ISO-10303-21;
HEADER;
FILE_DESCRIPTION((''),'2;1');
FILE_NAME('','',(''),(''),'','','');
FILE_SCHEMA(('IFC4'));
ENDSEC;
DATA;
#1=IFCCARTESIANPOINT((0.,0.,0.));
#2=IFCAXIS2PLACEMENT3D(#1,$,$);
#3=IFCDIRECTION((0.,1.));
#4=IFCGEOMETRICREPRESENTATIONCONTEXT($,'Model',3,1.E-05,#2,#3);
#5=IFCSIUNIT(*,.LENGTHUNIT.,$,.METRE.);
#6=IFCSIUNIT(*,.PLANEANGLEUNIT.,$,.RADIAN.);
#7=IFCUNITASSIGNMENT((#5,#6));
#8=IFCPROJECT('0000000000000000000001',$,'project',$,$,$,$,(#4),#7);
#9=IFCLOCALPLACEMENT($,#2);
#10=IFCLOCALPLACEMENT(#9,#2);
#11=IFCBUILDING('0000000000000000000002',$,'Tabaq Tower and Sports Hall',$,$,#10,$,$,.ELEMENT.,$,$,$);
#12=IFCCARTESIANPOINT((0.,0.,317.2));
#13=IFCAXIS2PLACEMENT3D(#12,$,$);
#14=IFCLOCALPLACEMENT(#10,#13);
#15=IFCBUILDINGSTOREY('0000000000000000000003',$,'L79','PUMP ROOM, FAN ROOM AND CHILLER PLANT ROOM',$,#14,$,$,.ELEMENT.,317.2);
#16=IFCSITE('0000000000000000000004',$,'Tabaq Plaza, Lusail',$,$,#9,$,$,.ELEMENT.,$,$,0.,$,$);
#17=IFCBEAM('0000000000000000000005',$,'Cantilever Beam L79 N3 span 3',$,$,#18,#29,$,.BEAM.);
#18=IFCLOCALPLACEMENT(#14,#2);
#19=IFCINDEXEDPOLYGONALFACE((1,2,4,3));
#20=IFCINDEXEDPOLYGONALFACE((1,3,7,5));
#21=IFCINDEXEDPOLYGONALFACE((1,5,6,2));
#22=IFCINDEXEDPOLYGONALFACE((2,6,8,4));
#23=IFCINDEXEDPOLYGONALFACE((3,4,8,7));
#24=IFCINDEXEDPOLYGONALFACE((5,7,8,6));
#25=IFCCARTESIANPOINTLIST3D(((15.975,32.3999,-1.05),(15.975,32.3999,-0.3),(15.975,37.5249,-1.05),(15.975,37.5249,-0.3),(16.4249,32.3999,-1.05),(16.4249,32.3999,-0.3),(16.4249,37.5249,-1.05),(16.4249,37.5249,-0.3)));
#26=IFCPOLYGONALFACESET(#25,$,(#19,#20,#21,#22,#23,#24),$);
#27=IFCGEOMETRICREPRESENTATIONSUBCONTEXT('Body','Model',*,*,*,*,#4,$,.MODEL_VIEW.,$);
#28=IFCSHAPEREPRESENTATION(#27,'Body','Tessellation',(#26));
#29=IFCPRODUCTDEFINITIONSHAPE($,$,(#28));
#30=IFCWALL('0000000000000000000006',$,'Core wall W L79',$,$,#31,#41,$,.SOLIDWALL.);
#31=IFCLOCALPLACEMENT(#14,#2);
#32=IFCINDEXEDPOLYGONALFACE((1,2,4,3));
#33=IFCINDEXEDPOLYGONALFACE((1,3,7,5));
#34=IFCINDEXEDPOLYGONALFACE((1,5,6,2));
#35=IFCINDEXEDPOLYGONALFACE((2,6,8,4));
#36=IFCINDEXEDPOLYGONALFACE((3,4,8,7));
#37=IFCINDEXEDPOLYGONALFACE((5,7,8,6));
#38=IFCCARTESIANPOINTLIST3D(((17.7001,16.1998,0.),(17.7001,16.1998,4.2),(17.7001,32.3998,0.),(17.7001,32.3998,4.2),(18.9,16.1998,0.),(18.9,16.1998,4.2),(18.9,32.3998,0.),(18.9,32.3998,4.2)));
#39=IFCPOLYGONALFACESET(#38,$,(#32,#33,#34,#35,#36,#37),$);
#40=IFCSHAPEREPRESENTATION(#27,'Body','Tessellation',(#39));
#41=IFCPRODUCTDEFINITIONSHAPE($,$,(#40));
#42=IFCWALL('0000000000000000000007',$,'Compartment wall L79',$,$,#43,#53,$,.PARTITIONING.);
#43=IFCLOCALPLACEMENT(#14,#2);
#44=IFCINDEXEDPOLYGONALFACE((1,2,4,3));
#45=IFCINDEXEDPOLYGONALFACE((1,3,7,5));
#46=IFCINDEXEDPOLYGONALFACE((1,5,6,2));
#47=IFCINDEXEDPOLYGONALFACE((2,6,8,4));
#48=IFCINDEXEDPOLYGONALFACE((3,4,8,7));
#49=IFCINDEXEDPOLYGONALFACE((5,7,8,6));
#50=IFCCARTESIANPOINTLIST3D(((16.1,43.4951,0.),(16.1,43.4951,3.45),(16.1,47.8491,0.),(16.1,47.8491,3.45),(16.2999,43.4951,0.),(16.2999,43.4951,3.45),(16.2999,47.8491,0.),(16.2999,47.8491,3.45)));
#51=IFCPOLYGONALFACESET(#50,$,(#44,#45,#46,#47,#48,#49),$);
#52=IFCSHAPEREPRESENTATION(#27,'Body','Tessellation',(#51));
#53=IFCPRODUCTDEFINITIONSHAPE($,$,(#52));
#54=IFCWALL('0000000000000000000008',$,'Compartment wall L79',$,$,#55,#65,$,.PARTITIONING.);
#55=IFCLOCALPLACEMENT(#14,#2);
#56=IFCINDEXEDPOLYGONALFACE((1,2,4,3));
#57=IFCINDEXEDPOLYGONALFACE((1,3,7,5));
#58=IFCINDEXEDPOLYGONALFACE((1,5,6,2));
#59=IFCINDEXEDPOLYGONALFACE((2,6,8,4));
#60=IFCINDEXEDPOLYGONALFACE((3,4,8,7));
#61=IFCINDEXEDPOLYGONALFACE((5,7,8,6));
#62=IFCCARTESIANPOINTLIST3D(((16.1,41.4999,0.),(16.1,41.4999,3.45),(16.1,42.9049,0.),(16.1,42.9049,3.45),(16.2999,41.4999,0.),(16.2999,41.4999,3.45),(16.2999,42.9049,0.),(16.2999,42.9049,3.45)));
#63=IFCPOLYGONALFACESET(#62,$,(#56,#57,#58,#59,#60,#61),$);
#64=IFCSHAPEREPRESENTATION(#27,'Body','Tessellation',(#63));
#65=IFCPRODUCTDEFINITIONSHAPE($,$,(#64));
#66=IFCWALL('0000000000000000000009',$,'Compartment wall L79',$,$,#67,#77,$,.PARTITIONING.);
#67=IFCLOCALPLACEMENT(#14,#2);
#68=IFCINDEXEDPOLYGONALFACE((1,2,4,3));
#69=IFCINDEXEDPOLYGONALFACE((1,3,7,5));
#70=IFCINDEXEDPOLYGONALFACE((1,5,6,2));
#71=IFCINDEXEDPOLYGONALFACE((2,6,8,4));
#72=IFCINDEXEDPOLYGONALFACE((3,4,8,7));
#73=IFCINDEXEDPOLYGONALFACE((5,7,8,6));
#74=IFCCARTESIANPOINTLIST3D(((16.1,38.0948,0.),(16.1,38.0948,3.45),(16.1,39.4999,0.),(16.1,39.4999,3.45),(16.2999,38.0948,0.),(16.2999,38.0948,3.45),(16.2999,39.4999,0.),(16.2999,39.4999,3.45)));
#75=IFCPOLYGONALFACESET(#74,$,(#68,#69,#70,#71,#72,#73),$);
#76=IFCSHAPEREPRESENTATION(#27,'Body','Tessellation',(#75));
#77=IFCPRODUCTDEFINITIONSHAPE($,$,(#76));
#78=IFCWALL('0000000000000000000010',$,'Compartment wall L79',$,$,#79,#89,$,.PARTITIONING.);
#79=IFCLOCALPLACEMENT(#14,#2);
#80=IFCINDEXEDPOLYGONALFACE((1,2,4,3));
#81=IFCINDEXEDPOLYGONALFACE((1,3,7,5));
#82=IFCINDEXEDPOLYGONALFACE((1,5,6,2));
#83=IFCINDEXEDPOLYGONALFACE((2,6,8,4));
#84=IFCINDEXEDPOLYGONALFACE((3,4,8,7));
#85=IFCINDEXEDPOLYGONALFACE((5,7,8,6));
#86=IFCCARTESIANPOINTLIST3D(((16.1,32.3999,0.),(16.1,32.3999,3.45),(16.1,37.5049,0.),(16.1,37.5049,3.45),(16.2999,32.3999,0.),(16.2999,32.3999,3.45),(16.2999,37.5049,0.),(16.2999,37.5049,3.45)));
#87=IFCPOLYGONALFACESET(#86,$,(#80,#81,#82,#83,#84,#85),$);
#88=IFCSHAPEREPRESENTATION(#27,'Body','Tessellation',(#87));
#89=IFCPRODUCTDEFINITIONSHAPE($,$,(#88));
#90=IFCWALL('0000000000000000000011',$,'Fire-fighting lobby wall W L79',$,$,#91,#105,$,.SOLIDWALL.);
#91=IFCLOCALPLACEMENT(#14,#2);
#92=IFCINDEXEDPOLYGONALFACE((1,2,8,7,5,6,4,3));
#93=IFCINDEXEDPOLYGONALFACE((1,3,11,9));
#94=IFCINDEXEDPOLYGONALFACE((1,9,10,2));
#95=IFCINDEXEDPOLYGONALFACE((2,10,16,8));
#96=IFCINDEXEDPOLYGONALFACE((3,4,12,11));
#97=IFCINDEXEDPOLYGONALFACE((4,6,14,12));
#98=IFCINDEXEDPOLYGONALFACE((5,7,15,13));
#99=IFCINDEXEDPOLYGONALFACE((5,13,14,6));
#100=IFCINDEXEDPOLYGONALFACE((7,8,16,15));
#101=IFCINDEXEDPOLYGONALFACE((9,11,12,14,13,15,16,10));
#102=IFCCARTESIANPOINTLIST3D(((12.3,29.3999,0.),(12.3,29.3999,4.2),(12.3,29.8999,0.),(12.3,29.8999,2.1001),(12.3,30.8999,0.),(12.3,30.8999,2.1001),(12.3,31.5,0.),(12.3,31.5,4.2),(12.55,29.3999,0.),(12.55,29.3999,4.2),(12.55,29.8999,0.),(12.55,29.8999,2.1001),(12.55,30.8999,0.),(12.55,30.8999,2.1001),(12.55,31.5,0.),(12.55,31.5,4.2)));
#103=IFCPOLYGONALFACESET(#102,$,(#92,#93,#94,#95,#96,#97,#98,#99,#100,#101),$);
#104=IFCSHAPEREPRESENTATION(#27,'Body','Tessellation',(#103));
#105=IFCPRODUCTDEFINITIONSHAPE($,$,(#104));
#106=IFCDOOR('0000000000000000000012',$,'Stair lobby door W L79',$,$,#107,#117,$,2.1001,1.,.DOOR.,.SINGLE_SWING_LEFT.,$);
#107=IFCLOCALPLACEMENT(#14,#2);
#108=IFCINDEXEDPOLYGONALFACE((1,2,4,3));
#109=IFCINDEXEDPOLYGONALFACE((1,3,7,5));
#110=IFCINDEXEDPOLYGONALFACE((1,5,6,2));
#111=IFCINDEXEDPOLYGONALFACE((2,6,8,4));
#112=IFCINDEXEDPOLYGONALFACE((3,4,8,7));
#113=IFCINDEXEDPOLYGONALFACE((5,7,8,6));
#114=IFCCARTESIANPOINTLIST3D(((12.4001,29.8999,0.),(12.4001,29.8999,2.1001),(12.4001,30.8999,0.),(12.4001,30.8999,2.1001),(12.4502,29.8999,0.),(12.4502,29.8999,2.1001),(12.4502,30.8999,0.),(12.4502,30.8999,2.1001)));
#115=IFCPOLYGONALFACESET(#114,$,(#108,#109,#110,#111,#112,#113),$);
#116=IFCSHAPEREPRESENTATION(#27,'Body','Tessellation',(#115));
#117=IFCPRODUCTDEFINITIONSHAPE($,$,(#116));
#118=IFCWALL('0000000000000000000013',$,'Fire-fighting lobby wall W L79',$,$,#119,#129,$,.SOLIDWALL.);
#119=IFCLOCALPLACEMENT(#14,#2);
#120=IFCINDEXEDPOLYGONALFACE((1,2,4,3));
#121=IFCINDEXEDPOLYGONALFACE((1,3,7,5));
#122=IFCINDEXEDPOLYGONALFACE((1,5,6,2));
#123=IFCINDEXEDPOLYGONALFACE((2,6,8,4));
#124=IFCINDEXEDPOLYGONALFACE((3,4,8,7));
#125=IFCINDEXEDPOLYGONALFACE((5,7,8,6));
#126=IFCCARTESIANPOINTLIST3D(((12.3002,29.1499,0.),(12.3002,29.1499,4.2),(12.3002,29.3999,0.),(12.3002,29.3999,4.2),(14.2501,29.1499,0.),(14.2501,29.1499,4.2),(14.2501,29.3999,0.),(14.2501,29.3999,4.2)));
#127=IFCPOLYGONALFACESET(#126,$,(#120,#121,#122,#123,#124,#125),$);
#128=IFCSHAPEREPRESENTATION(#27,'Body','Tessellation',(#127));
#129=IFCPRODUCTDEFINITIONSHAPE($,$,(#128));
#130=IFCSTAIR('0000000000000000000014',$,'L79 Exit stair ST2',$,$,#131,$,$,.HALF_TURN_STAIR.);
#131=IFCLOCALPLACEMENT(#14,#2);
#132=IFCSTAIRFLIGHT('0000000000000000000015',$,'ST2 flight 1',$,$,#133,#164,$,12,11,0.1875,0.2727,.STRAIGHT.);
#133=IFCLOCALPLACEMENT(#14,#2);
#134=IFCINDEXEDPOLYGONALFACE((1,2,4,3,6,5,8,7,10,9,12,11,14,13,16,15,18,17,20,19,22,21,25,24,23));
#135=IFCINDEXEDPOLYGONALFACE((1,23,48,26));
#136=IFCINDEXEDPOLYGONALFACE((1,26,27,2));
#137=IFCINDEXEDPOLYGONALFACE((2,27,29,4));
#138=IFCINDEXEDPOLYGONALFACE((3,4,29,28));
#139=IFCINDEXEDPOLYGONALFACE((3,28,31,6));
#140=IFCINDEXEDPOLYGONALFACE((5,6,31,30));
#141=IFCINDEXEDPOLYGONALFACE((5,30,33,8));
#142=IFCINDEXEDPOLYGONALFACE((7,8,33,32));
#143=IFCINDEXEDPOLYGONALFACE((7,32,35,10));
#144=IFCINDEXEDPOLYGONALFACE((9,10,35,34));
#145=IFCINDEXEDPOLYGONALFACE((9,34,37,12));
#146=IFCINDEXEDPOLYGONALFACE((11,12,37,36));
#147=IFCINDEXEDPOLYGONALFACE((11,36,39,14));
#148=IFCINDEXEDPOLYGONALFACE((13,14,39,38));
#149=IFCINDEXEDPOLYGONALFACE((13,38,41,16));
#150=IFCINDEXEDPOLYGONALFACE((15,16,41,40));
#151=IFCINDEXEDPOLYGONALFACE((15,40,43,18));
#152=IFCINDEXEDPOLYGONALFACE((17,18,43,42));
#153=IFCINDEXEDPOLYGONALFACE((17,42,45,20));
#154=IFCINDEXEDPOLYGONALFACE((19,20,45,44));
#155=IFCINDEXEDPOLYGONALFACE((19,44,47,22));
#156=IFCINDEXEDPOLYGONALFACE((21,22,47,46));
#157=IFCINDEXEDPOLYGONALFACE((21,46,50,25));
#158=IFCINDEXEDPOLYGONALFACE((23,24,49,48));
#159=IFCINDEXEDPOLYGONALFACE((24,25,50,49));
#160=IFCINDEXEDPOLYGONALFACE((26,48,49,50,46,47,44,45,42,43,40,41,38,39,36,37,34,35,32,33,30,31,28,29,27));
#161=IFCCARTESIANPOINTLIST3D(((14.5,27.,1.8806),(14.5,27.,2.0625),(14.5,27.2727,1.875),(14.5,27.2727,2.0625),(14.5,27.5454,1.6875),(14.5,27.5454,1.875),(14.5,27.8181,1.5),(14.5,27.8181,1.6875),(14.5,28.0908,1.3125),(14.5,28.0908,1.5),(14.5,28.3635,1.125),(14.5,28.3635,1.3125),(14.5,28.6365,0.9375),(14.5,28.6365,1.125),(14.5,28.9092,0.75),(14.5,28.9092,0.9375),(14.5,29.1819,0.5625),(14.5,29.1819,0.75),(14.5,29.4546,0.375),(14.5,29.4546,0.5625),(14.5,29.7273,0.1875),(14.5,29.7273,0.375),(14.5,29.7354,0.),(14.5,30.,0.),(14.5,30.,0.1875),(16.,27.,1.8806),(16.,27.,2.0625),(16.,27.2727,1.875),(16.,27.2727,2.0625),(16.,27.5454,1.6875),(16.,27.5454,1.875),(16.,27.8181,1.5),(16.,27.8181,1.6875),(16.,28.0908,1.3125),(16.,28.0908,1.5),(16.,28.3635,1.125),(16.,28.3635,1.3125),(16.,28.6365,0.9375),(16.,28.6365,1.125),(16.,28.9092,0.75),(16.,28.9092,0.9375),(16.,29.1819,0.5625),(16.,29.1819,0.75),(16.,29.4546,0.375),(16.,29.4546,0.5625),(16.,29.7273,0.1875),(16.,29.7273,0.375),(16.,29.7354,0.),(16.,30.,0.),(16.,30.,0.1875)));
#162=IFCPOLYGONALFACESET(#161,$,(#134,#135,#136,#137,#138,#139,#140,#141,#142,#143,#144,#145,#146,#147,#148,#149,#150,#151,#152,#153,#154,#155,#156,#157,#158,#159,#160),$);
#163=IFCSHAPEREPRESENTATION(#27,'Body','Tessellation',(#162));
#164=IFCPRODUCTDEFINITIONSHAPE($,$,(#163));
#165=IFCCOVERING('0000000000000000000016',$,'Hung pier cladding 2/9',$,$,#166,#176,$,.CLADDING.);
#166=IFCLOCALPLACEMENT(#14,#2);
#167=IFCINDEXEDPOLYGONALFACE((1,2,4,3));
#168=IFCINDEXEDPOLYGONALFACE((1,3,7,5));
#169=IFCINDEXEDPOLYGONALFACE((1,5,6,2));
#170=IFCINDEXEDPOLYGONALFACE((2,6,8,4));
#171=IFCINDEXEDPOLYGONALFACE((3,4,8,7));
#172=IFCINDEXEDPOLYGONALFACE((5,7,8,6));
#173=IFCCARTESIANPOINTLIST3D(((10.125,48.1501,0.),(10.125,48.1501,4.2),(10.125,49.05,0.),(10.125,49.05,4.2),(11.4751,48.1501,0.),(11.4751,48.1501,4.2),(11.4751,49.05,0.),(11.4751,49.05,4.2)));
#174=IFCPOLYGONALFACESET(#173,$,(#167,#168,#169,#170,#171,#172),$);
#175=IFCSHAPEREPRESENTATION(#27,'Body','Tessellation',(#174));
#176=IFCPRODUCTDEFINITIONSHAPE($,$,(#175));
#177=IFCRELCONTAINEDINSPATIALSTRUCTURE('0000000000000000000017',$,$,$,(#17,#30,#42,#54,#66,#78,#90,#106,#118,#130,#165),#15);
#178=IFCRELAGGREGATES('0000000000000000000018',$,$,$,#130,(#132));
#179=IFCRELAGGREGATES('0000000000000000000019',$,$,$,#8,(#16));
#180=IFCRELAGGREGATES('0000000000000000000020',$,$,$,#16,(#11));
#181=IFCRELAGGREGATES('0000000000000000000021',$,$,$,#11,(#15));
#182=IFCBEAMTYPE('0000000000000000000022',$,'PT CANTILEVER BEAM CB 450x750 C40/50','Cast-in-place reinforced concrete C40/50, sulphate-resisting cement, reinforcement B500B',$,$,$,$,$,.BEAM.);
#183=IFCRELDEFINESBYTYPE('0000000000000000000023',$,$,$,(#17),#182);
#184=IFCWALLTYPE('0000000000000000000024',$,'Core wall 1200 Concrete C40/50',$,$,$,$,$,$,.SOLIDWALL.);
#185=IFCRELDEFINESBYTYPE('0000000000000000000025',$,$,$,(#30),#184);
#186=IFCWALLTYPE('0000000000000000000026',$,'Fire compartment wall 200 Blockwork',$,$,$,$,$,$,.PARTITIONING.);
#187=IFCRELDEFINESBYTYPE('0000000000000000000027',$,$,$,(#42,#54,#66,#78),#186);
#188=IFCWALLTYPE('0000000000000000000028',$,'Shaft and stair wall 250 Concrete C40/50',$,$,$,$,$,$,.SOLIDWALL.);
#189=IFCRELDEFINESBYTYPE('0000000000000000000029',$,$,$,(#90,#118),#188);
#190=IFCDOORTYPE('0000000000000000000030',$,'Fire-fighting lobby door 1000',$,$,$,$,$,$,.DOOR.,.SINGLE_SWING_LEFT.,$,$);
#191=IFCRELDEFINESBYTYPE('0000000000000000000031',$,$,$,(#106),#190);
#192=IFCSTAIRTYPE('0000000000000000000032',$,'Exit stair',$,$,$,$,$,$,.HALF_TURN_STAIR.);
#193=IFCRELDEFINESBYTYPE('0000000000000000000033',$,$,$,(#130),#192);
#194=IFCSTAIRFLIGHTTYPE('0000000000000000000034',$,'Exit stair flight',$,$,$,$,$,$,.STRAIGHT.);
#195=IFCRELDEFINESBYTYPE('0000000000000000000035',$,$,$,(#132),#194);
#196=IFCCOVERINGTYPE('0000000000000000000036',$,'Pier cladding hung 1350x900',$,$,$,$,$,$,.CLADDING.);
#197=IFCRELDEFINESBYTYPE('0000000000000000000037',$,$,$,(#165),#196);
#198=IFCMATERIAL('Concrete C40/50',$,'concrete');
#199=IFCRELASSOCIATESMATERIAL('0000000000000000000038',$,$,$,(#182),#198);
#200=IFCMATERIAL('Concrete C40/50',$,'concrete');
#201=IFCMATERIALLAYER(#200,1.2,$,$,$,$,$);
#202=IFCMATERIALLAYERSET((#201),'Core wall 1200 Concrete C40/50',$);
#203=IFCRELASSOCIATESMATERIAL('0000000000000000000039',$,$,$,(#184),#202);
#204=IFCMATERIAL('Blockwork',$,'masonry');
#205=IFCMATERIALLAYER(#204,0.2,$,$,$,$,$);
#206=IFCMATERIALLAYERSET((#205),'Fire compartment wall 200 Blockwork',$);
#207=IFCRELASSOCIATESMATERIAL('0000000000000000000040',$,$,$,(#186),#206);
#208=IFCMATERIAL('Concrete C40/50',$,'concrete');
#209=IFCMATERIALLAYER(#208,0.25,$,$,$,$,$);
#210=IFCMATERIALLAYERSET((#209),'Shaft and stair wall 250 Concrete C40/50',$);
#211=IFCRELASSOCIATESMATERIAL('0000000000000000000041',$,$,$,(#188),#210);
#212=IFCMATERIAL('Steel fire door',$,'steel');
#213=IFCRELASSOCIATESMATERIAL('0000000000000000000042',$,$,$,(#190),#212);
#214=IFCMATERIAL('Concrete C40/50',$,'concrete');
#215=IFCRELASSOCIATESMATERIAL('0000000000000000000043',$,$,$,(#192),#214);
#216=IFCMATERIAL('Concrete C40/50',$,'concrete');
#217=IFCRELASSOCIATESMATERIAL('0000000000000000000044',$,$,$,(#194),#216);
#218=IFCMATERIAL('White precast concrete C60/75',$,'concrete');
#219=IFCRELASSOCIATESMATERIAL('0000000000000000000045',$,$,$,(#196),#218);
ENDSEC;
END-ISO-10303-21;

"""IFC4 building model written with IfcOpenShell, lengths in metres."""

from ifc_helpers import new_model, si_unit, direction, frame, frame_2d, origin, origin_2d, place, context, subcontext, project, spatial, polyline, rectangle, outline, extrude, material, layer, layer_set, material_profile, profile_set, type_object, element, fill, aggregate, save


model = new_model("IFC4")

# Units and contexts
model_context = context("Model", 3, precision=1e-05, world=origin(), true_north=direction((0.0, 1.0)))
body_context = subcontext(model_context, "Body", "Model", "MODEL_VIEW")
ifc_project = project(units=[si_unit("LENGTHUNIT", "METRE"), si_unit("PLANEANGLEUNIT", "RADIAN")], contexts=[model_context])

# Site, building, storey
site_placement = place(None, origin())
site = spatial("IfcSite", under=ifc_project, at=site_placement, Name="Tabaq Plaza, Lusail", CompositionType="ELEMENT", RefElevation=0.0)
building_placement = place(site_placement, origin())
building = spatial("IfcBuilding", under=site, at=building_placement, Name="Tabaq Tower and Sports Hall", CompositionType="ELEMENT")
storey_placement = place(building_placement, frame((0.0, 0.0, 317.2)))
storey = spatial("IfcBuildingStorey", under=building, at=storey_placement, Name="L79", Description="PUMP ROOM, FAN ROOM AND CHILLER PLANT ROOM", CompositionType="ELEMENT", Elevation=317.2)

# Beam
ifc_material_1 = material(Name="Concrete C40/50", Category="concrete")
ifc_material_profile_1 = material_profile(ifc_material_1, rectangle(XDim=0.45, YDim=0.75, at=origin_2d()), Name="CB 450x750")
ifc_profile_set_1 = profile_set([ifc_material_profile_1], Name="Concrete C40/50")
beam_type = type_object("IfcBeamType", Name="PT CANTILEVER BEAM CB 450x750 C40/50", Description="Cast-in-place reinforced concrete C40/50, sulphate-resisting cement, reinforcement B500B", PredefinedType="BEAM", material=ifc_profile_set_1)
beam_1_placement = place(storey_placement, frame((16.2, 37.5249, -0.675), z_axis=(0.0, -1.0, 0.0), x_axis=(1.0, 0.0, 0.0)))
element("IfcBeam", 1, at=beam_1_placement, inside=storey, type_object=beam_type, Name="Cantilever Beam L79 N3 span 3", PredefinedType="BEAM", context=body_context, shape_type="SweptSolid", body=[
    extrude(rectangle(XDim=0.45, YDim=0.75, at=origin_2d()), origin(), (0.0, 0.0, 1.0), 5.125),
])

# Walls
ifc_material_2 = material(Name="Concrete C40/50", Category="concrete")
ifc_layer_1 = layer(ifc_material_2, 1.2)
ifc_layer_set_1 = layer_set([ifc_layer_1], Name="Core wall 1200 Concrete C40/50")
wall_type_1 = type_object("IfcWallType", Name="Core wall 1200 Concrete C40/50", PredefinedType="SOLIDWALL", material=ifc_layer_set_1)
wall_1_placement = place(storey_placement, frame((18.3, 32.3999, 0.0), z_axis=(0.0, 0.0, 1.0), x_axis=(0.0, -1.0, 0.0)))
element("IfcWall", 2, at=wall_1_placement, inside=storey, type_object=wall_type_1, Name="Core wall W L79", PredefinedType="SOLIDWALL", context=body_context, shape_type="SweptSolid", body=[
    extrude(rectangle(XDim=16.2, YDim=1.2, at=frame_2d((8.1001, 0.0))), origin(), (0.0, 0.0, 1.0), 4.2),
])
ifc_material_3 = material(Name="Blockwork", Category="masonry")
ifc_layer_2 = layer(ifc_material_3, 0.2)
ifc_layer_set_2 = layer_set([ifc_layer_2], Name="Fire compartment wall 200 Blockwork")
wall_type_2 = type_object("IfcWallType", Name="Fire compartment wall 200 Blockwork", PredefinedType="PARTITIONING", material=ifc_layer_set_2)
wall_2_placement = place(storey_placement, frame((16.2, 47.8491, 0.0), z_axis=(0.0, 0.0, 1.0), x_axis=(0.0, -1.0, 0.0)))
element("IfcWall", 3, at=wall_2_placement, inside=storey, type_object=wall_type_2, Name="Compartment wall L79", PredefinedType="PARTITIONING", context=body_context, shape_type="SweptSolid", body=[
    extrude(rectangle(XDim=4.354, YDim=0.2, at=frame_2d((2.177, 0.0))), origin(), (0.0, 0.0, 1.0), 3.45),
])
for number, where, z_axis, x_axis, name in (
    (4, (16.2, 42.905, 0.0), (0.0, 0.0, 1.0), (0.0, -1.0, 0.0), "Compartment wall L79"),
    (5, (16.2, 39.5, 0.0), (0.0, 0.0, 1.0), (0.0, -1.0, 0.0), "Compartment wall L79"),
):
    element("IfcWall", number, at=place(storey_placement, frame(where, z_axis=z_axis, x_axis=x_axis)), inside=storey, type_object=wall_type_2, Name=name, PredefinedType="PARTITIONING", context=body_context, shape_type="SweptSolid", body=[
        extrude(rectangle(XDim=1.405, YDim=0.2, at=frame_2d((0.7026, 0.0))), origin(), (0.0, 0.0, 1.0), 3.45),
    ])
wall_3_placement = place(storey_placement, frame((16.2, 37.5049, 0.0), z_axis=(0.0, 0.0, 1.0), x_axis=(0.0, -1.0, 0.0)))
element("IfcWall", 6, at=wall_3_placement, inside=storey, type_object=wall_type_2, Name="Compartment wall L79", PredefinedType="PARTITIONING", context=body_context, shape_type="SweptSolid", body=[
    extrude(rectangle(XDim=5.105, YDim=0.2, at=frame_2d((2.5525, 0.0))), origin(), (0.0, 0.0, 1.0), 3.45),
])

# Wall, opening, door
ifc_material_4 = material(Name="Concrete C40/50", Category="concrete")
ifc_layer_3 = layer(ifc_material_4, 0.25)
ifc_layer_set_3 = layer_set([ifc_layer_3], Name="Shaft and stair wall 250 Concrete C40/50")
wall_type_3 = type_object("IfcWallType", Name="Shaft and stair wall 250 Concrete C40/50", PredefinedType="SOLIDWALL", material=ifc_layer_set_3)
wall_4_placement = place(storey_placement, frame((12.425, 29.3999, 0.0), z_axis=(0.0, 0.0, 1.0), x_axis=(0.0, 1.0, 0.0)))
wall_4 = element("IfcWall", 7, at=wall_4_placement, inside=storey, type_object=wall_type_3, Name="Fire-fighting lobby wall W L79", PredefinedType="SOLIDWALL", context=body_context, shape_type="SweptSolid", body=[
    extrude(rectangle(XDim=2.1001, YDim=0.25, at=frame_2d((1.05, 0.0))), origin(), (0.0, 0.0, 1.0), 4.2),
])
opening_placement = place(wall_4_placement, frame((0.5, 0.0, 0.0)))
opening = element("IfcOpeningElement", 8, at=opening_placement, cuts=wall_4, PredefinedType="OPENING", context=body_context, shape_type="SweptSolid", body=[
    extrude(rectangle(XDim=1.0, YDim=2.1001, at=frame_2d((0.5, 1.05))), frame((0.0, 0.125, 0.0), z_axis=(0.0, -1.0, 0.0), x_axis=(1.0, 0.0, 0.0)), (0.0, 0.0, 1.0), 0.25),
])
ifc_material_5 = material(Name="Steel fire door", Category="steel")
door_type = type_object("IfcDoorType", Name="Fire-fighting lobby door 1000", OperationType="SINGLE_SWING_LEFT", PredefinedType="DOOR", material=ifc_material_5)
door_placement = place(opening_placement, origin())
door = element("IfcDoor", 9, at=door_placement, inside=storey, type_object=door_type, Name="Stair lobby door W L79", OperationType="SINGLE_SWING_LEFT", OverallHeight=2.1001, OverallWidth=1.0, PredefinedType="DOOR", context=body_context, shape_type="SweptSolid", body=[
    extrude(rectangle(XDim=1.0, YDim=2.1001, at=frame_2d((0.5, 1.05))), frame((0.0, 0.0249, 0.0), z_axis=(0.0, -1.0, 0.0), x_axis=(1.0, 0.0, 0.0)), (0.0, 0.0, 1.0), 0.05),
])
fill(opening, door)

# Wall
wall_5_placement = place(storey_placement, frame((12.3, 29.2749, 0.0), z_axis=(0.0, 0.0, 1.0), x_axis=(1.0, 0.0, 0.0)))
element("IfcWall", 10, at=wall_5_placement, inside=storey, type_object=wall_type_3, Name="Fire-fighting lobby wall W L79", PredefinedType="SOLIDWALL", context=body_context, shape_type="SweptSolid", body=[
    extrude(rectangle(XDim=1.95, YDim=0.25, at=frame_2d((0.9751, 0.0))), origin(), (0.0, 0.0, 1.0), 4.2),
])

# Stair, stair flight
ifc_material_6 = material(Name="Concrete C40/50", Category="concrete")
stair_type = type_object("IfcStairType", Name="Exit stair", PredefinedType="HALF_TURN_STAIR", material=ifc_material_6)
stair_placement = place(storey_placement, origin())
stair = element("IfcStair", 11, at=stair_placement, inside=storey, type_object=stair_type, Name="L79 Exit stair ST2", PredefinedType="HALF_TURN_STAIR")
ifc_material_7 = material(Name="Concrete C40/50", Category="concrete")
stair_flight_type = type_object("IfcStairFlightType", Name="Exit stair flight", PredefinedType="STRAIGHT", material=ifc_material_7)
stair_flight_placement = place(storey_placement, frame((15.25, 30.0, 0.0), z_axis=(0.0, 0.0, 1.0), x_axis=(0.0, -1.0, 0.0)))
stair_flight = element("IfcStairFlight", 12, at=stair_flight_placement, type_object=stair_flight_type, Name="ST2 flight 1", NumberOfRisers=12, NumberOfTreads=11, PredefinedType="STRAIGHT", RiserHeight=0.1875, TreadLength=0.2727, context=body_context, shape_type="SweptSolid", body=[
    extrude(outline(polyline([(0.0, 0.0), (0.0, 0.1875), (0.2727, 0.1875), (0.2727, 0.375), (0.5454, 0.375), (0.5454, 0.5625), (0.8181, 0.5625), (0.8181, 0.75), (1.0908, 0.75), (1.0908, 0.9375), (1.3635, 0.9375), (1.3635, 1.125), (1.6365, 1.125), (1.6365, 1.3125), (1.9092, 1.3125), (1.9092, 1.5), (2.1819, 1.5), (2.1819, 1.6875), (2.4546, 1.6875), (2.4546, 1.875), (2.7273, 1.875), (2.7273, 2.0625), (3.0, 2.0625), (3.0, 2.25), (3.0, 1.8806), (0.2646, 0.0), (0.0, 0.0)])), frame((0.0, 0.75, 0.0), z_axis=(0.0, -1.0, 0.0), x_axis=(1.0, 0.0, 0.0)), (0.0, 0.0, 1.0), 1.5),
])
aggregate(stair, [stair_flight])

# Covering
ifc_material_8 = material(Name="White precast concrete C60/75", Category="concrete")
covering_type_1 = type_object("IfcCoveringType", Name="Pier cladding hung 1350x900", PredefinedType="CLADDING", material=ifc_material_8)
for number, where, z_axis, x_axis, name in (
    (13, (11.4751, 48.6001, 0.0), (0.0, 0.0, 1.0), (-1.0, 0.0, 0.0), "Hung pier cladding 2/9"),
):
    element("IfcCovering", number, at=place(storey_placement, frame(where, z_axis=z_axis, x_axis=x_axis)), inside=storey, type_object=covering_type_1, Name=name, PredefinedType="CLADDING", context=body_context, shape_type="SweptSolid", body=[
        extrude(rectangle(XDim=1.3501, YDim=0.8999, at=frame_2d((0.675, 0.0))), origin(), (0.0, 0.0, 1.0), 4.2),
    ])

save(model, "model.ifc")
